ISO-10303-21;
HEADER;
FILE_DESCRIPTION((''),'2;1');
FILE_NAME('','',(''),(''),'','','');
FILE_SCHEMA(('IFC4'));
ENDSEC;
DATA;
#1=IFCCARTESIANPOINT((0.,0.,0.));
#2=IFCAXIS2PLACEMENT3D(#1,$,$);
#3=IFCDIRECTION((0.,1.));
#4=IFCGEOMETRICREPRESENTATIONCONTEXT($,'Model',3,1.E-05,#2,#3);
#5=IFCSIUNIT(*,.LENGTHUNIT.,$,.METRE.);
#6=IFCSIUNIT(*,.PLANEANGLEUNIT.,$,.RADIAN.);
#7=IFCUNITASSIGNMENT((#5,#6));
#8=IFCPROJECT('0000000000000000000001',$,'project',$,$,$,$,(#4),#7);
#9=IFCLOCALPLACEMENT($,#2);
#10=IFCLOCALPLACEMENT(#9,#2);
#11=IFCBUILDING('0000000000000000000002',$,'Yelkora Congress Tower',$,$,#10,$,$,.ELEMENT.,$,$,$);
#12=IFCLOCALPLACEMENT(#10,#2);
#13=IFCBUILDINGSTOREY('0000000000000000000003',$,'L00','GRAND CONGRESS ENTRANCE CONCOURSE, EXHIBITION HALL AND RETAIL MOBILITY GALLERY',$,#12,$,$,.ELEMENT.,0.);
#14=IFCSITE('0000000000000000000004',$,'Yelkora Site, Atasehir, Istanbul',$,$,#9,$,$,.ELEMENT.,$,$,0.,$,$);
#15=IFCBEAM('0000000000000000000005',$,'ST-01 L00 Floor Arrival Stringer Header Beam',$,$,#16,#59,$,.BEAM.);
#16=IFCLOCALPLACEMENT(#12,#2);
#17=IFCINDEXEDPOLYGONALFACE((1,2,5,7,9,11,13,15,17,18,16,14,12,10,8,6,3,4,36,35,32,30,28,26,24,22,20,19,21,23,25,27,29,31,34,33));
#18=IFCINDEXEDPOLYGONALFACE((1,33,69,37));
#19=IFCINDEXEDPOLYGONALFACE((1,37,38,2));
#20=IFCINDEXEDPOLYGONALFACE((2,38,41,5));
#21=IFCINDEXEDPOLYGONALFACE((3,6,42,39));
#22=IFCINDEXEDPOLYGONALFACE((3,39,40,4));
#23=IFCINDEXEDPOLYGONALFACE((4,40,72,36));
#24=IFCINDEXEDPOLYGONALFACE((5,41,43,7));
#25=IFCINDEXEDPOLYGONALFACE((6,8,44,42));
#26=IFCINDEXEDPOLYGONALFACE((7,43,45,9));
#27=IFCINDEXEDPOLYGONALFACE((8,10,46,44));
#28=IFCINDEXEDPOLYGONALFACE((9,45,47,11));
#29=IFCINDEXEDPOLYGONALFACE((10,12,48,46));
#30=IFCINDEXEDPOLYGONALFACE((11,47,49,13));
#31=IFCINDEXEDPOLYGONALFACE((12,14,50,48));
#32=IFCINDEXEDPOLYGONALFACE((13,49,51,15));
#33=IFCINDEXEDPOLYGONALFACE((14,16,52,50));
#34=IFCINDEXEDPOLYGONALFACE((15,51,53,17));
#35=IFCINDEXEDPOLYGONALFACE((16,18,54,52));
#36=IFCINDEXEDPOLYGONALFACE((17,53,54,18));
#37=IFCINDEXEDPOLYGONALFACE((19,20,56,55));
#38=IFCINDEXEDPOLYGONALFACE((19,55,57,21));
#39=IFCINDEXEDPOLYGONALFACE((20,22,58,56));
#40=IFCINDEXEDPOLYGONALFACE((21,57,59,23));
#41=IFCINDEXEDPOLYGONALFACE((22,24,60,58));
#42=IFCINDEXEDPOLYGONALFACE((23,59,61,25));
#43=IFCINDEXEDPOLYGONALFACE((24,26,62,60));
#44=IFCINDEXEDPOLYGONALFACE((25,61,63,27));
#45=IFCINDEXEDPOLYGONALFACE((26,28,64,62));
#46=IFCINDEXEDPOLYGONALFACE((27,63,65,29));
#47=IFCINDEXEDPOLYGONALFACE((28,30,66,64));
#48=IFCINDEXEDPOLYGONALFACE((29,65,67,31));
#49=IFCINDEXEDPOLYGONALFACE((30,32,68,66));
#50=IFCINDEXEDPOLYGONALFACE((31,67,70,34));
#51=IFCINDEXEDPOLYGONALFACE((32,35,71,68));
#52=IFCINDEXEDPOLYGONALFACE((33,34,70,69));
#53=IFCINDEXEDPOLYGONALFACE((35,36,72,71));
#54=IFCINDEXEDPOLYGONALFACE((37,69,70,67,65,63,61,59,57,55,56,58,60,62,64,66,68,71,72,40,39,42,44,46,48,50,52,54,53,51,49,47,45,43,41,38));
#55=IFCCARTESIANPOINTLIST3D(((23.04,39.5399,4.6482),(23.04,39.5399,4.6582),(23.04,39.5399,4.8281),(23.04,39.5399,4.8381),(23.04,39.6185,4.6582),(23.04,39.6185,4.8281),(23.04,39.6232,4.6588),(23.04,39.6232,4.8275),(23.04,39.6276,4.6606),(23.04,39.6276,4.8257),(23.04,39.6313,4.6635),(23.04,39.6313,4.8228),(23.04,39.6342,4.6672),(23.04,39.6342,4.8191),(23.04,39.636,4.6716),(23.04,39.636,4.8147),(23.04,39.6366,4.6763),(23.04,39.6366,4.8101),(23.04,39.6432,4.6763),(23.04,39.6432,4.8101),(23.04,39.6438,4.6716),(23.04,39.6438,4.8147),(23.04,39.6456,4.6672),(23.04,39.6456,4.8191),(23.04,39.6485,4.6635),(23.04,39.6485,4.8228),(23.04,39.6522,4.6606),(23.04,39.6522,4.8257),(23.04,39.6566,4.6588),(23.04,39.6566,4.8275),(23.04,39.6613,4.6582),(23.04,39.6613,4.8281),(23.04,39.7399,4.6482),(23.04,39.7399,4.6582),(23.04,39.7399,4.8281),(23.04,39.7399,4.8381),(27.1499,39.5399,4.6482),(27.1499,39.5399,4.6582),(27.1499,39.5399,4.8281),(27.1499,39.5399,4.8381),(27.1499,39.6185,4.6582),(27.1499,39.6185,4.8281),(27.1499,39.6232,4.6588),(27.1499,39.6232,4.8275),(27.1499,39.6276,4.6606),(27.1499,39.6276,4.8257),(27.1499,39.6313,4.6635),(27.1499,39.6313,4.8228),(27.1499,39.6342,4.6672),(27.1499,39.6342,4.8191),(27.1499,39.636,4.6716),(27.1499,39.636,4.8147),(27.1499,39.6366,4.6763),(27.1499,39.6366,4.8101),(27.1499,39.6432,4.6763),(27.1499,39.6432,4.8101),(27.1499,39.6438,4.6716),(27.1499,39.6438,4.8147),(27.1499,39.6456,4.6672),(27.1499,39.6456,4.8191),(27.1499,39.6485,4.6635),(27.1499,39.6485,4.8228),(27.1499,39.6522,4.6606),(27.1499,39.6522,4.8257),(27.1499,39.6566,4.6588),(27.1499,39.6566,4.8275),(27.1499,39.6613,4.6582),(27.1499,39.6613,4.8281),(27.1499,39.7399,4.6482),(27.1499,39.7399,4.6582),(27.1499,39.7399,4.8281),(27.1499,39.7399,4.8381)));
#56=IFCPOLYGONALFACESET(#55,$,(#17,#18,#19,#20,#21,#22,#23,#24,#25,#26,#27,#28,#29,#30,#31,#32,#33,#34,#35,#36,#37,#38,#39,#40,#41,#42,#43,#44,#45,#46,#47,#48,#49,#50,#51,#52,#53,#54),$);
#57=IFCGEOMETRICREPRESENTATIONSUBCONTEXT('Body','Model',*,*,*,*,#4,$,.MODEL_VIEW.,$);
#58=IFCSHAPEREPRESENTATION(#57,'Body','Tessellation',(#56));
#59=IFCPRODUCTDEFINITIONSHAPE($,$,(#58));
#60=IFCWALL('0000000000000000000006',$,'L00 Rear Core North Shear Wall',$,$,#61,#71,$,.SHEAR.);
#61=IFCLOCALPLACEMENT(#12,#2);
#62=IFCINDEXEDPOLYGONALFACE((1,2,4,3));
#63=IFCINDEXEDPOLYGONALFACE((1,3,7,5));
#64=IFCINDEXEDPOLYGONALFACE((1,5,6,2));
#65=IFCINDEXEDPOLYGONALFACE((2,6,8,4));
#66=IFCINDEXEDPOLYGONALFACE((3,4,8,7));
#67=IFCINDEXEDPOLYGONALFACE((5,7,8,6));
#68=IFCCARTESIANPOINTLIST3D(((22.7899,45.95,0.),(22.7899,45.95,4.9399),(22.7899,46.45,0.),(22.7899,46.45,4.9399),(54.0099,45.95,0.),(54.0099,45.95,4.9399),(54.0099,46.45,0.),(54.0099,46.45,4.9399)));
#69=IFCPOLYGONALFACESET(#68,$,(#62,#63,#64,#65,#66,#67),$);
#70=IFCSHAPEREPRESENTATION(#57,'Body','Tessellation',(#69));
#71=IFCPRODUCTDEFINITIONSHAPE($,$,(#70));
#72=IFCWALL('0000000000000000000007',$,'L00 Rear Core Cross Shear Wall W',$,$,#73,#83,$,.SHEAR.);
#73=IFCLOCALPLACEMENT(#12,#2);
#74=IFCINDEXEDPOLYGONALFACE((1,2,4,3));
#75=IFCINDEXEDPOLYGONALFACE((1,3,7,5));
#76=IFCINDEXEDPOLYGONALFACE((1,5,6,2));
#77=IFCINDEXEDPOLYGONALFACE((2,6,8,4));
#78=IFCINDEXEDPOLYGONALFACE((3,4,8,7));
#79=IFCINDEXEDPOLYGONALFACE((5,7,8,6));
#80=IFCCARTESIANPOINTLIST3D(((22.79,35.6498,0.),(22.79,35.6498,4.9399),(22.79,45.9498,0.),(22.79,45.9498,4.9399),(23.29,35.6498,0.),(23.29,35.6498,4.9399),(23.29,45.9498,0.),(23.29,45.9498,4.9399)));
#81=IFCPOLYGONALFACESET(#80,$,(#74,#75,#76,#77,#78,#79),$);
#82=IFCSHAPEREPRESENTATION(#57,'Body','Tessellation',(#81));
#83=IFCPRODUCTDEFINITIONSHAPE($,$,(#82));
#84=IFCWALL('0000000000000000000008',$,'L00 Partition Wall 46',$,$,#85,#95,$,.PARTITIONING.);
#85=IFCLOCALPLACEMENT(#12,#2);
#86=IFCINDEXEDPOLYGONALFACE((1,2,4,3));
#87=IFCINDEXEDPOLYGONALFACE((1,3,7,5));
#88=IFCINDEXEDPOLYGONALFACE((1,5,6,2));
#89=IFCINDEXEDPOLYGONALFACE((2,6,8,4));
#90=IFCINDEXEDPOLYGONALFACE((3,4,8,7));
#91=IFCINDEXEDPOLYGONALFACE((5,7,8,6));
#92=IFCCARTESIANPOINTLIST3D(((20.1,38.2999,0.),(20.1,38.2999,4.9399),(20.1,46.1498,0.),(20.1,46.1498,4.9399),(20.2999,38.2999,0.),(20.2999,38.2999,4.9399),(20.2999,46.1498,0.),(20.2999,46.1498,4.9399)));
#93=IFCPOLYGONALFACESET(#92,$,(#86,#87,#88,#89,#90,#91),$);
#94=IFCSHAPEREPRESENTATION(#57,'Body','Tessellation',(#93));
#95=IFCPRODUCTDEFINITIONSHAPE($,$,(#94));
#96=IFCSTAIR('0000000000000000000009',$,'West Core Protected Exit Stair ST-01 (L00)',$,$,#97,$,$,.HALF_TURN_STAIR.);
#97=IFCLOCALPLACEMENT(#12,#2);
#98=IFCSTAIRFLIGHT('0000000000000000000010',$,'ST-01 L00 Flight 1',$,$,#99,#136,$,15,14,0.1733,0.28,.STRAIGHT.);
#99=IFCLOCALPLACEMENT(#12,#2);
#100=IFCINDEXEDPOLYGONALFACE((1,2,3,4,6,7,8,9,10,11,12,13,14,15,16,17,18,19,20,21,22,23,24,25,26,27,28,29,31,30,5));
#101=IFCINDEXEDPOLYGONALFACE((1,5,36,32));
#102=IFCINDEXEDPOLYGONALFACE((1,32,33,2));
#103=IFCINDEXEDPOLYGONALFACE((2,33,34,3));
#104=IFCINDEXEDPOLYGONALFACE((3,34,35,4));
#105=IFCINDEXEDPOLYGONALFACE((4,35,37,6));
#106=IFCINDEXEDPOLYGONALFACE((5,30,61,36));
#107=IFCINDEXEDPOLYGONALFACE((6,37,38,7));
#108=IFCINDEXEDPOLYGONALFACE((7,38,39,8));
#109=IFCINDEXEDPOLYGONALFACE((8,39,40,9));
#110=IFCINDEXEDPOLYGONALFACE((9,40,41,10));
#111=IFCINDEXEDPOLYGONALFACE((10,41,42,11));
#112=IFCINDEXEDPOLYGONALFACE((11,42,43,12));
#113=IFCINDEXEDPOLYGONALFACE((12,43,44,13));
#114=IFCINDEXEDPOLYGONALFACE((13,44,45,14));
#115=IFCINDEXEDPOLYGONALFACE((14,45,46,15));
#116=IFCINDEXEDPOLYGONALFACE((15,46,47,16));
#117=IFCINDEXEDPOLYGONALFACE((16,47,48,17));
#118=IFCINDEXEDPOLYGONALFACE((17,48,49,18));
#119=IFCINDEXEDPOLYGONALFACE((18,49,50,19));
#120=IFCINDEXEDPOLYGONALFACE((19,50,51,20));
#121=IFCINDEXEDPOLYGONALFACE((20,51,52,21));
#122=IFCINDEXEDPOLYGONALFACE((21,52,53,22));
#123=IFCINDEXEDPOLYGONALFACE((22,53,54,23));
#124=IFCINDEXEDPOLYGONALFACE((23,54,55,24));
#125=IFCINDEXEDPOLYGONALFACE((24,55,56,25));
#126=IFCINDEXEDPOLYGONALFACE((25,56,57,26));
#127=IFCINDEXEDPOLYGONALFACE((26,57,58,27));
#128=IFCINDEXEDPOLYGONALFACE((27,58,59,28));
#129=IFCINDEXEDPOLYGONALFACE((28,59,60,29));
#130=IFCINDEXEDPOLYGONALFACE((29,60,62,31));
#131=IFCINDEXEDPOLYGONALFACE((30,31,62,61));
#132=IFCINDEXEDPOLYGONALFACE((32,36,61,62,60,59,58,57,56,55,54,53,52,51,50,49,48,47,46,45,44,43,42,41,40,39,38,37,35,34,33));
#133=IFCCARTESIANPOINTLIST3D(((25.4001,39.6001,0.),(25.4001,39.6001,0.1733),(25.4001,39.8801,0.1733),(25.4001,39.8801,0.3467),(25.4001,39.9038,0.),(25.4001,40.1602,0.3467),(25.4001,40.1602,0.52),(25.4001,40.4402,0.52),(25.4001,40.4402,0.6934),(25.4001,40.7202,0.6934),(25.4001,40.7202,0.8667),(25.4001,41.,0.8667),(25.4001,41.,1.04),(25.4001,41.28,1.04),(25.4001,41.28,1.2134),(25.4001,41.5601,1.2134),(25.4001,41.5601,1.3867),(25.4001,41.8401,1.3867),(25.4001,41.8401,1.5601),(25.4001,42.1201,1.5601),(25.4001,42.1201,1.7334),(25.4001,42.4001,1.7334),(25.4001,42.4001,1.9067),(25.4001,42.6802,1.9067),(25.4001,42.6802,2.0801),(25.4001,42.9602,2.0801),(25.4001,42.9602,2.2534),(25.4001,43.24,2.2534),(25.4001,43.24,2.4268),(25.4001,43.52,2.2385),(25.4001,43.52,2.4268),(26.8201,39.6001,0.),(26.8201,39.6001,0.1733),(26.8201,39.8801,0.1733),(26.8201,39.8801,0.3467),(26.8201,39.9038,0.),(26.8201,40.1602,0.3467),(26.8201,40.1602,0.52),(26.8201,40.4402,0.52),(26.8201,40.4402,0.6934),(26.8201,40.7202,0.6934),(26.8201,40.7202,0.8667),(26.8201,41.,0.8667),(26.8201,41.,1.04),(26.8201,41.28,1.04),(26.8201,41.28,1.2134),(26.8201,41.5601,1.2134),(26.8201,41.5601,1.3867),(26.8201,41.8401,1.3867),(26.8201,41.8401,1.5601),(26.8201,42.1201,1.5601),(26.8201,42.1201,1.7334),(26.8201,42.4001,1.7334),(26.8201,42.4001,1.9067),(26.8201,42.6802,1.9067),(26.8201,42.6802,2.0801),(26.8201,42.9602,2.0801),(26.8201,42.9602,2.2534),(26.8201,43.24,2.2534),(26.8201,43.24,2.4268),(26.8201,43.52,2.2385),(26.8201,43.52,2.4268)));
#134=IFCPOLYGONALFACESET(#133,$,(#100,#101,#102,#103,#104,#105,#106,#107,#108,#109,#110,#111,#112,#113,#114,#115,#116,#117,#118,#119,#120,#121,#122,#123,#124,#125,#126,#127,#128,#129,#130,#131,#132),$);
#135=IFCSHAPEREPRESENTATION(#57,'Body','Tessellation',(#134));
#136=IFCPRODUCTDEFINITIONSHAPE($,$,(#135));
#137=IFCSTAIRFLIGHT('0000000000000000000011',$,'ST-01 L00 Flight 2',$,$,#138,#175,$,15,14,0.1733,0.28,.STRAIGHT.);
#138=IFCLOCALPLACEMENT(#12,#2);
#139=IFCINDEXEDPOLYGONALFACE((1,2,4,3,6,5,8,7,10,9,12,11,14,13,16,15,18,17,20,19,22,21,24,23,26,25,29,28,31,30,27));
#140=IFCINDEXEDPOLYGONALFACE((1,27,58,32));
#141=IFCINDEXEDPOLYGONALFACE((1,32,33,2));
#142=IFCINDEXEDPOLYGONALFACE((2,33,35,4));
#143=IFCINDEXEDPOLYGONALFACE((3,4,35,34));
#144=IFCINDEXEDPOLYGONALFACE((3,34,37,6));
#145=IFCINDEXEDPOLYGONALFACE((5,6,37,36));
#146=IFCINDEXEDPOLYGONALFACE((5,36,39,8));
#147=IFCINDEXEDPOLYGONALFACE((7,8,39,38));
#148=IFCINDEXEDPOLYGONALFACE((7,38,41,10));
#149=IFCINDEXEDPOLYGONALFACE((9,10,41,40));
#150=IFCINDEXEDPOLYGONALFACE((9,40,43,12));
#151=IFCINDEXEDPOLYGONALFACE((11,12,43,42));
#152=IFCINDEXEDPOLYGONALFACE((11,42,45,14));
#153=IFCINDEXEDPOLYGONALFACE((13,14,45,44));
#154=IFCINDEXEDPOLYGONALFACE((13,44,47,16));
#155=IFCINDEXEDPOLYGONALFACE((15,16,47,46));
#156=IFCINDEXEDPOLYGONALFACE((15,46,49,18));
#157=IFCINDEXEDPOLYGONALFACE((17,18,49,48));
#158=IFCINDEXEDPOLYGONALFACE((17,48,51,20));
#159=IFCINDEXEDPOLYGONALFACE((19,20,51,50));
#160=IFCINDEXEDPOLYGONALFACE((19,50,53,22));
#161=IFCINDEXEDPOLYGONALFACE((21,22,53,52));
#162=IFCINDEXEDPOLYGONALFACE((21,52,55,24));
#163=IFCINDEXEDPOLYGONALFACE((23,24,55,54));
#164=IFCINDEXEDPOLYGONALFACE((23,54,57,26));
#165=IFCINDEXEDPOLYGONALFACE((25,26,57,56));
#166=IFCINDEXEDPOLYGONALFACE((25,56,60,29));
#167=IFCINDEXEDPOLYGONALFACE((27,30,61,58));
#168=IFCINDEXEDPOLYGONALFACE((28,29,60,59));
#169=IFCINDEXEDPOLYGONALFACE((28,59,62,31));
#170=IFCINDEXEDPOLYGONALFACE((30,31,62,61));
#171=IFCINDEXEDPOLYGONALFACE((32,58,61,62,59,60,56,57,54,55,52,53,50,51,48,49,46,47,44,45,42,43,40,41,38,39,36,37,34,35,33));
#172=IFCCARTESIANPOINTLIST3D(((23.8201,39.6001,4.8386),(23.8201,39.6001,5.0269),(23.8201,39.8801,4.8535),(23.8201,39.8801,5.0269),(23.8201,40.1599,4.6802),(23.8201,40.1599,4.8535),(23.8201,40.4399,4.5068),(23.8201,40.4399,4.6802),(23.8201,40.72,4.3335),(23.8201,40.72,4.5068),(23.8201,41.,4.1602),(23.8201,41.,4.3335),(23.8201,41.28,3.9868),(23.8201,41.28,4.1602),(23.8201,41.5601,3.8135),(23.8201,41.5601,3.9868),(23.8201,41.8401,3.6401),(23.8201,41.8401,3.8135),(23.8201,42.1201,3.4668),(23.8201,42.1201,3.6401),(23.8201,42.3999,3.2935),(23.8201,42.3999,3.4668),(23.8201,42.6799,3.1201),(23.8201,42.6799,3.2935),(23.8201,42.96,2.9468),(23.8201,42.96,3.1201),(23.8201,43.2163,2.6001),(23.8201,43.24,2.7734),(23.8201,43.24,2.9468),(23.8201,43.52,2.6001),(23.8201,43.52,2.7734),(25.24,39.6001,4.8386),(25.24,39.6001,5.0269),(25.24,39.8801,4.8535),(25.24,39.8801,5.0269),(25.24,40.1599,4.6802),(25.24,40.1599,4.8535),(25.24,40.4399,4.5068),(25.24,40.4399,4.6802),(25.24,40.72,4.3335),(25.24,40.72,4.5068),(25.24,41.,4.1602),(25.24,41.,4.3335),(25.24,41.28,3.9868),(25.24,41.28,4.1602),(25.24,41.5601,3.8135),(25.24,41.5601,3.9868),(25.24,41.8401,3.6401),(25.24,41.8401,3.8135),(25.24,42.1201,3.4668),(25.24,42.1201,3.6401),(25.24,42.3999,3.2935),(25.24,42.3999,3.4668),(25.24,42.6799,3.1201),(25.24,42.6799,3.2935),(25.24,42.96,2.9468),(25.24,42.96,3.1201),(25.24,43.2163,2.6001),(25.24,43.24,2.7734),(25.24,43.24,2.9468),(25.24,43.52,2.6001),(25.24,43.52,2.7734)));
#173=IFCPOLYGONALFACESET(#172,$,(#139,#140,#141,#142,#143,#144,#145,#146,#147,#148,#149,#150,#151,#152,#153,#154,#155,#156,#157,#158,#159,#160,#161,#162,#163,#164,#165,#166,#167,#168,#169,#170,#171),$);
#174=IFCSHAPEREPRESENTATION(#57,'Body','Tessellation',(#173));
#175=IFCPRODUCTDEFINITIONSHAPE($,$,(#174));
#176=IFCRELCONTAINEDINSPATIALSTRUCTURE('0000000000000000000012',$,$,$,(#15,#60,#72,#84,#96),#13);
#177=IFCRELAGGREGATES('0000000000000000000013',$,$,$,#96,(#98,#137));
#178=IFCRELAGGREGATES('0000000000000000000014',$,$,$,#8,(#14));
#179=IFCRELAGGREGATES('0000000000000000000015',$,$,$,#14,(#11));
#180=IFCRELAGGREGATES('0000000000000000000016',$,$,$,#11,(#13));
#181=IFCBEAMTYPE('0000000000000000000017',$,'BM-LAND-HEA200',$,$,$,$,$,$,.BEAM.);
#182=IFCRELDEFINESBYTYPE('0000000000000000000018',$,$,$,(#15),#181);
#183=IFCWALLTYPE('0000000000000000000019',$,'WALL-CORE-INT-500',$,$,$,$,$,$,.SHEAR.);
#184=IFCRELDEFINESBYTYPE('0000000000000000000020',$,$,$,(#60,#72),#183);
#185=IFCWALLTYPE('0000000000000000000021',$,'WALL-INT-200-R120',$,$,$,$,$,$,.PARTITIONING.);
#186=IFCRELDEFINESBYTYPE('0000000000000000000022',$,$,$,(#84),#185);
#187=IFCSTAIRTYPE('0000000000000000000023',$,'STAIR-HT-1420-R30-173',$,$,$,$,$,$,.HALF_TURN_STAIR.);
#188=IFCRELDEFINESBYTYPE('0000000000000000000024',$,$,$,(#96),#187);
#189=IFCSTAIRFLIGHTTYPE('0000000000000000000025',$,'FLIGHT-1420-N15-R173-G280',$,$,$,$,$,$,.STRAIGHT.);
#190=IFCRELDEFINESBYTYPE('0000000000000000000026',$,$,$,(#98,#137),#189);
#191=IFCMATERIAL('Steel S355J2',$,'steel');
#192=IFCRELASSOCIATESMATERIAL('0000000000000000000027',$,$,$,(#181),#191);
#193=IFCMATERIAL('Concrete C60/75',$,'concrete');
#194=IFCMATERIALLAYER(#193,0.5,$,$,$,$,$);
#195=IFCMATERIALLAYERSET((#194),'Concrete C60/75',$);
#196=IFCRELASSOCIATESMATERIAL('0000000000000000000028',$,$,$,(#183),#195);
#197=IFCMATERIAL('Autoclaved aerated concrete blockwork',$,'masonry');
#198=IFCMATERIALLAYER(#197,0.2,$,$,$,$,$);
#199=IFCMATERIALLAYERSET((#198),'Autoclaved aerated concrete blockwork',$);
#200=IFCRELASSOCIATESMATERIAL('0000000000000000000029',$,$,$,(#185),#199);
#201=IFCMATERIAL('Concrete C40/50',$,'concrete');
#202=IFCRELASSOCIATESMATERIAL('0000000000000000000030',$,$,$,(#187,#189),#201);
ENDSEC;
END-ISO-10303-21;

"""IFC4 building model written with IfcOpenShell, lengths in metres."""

from ifc_helpers import new_model, si_unit, direction, frame, frame_2d, origin, origin_2d, place, context, subcontext, project, spatial, polyline, rectangle, i_section, outline, extrude, material, layer, layer_set, material_profile, profile_set, type_object, element, aggregate, save


model = new_model("IFC4")

# Units and contexts
model_context = context("Model", 3, precision=1e-05, world=origin(), true_north=direction((0.0, 1.0)))
body_context = subcontext(model_context, "Body", "Model", "MODEL_VIEW")
ifc_project = project(units=[si_unit("LENGTHUNIT", "METRE"), si_unit("PLANEANGLEUNIT", "RADIAN")], contexts=[model_context])

# Site, building, storey
site_placement = place(None, origin())
site = spatial("IfcSite", under=ifc_project, at=site_placement, Name="Yelkora Site, Atasehir, Istanbul", CompositionType="ELEMENT", RefElevation=0.0)
building_placement = place(site_placement, origin())
building = spatial("IfcBuilding", under=site, at=building_placement, Name="Yelkora Congress Tower", CompositionType="ELEMENT")
storey_placement = place(building_placement, origin())
storey = spatial("IfcBuildingStorey", under=building, at=storey_placement, Name="L00", Description="GRAND CONGRESS ENTRANCE CONCOURSE, EXHIBITION HALL AND RETAIL MOBILITY GALLERY", CompositionType="ELEMENT", Elevation=0.0)

# Shared definitions
ifc_material_1 = material(Name="Concrete C60/75", Category="concrete")

# Beam
ifc_material_2 = material(Name="Steel S355J2", Category="steel")
ifc_material_profile_1 = material_profile(ifc_material_2, i_section(OverallWidth=0.2, OverallDepth=0.1899, WebThickness=0.0066, FlangeThickness=0.01, FilletRadius=0.0181, at=origin_2d()), Name="HEA 200")
ifc_profile_set_1 = profile_set([ifc_material_profile_1], Name="Steel S355J2")
beam_type = type_object("IfcBeamType", Name="BM-LAND-HEA200", PredefinedType="BEAM", material=ifc_profile_set_1)
beam_1_placement = place(storey_placement, frame((23.04, 39.6399, 4.7432), z_axis=(1.0, 0.0, 0.0), x_axis=(0.0, 1.0, 0.0)))
element("IfcBeam", 1, at=beam_1_placement, inside=storey, type_object=beam_type, Name="ST-01 L00 Floor Arrival Stringer Header Beam", PredefinedType="BEAM", context=body_context, shape_type="SweptSolid", body=[
    extrude(i_section(OverallWidth=0.2, OverallDepth=0.1899, WebThickness=0.0066, FlangeThickness=0.01, FilletRadius=0.0181, at=origin_2d()), origin(), (0.0, 0.0, 1.0), 4.1099),
])

# Walls
ifc_layer_1 = layer(ifc_material_1, 0.5)
ifc_layer_set_1 = layer_set([ifc_layer_1], Name="Concrete C60/75")
wall_type_1 = type_object("IfcWallType", Name="WALL-CORE-INT-500", PredefinedType="SHEAR", material=ifc_layer_set_1)
wall_1_placement = place(storey_placement, frame((22.79, 46.2, 0.0), z_axis=(0.0, 0.0, 1.0), x_axis=(1.0, 0.0, 0.0)))
element("IfcWall", 2, at=wall_1_placement, inside=storey, type_object=wall_type_1, Name="L00 Rear Core North Shear Wall", PredefinedType="SHEAR", context=body_context, shape_type="SweptSolid", body=[
    extrude(rectangle(XDim=31.22, YDim=0.5, at=frame_2d((15.6099, 0.0))), origin(), (0.0, 0.0, 1.0), 4.9399),
])
wall_2_placement = place(storey_placement, frame((23.04, 35.6499, 0.0), z_axis=(0.0, 0.0, 1.0), x_axis=(0.0, 1.0, 0.0)))
element("IfcWall", 3, at=wall_2_placement, inside=storey, type_object=wall_type_1, Name="L00 Rear Core Cross Shear Wall W", PredefinedType="SHEAR", context=body_context, shape_type="SweptSolid", body=[
    extrude(rectangle(XDim=10.3, YDim=0.5, at=frame_2d((5.1499, 0.0))), origin(), (0.0, 0.0, 1.0), 4.9399),
])

# Shared definitions
ifc_material_3 = material(Name="Autoclaved aerated concrete blockwork", Category="masonry")
ifc_layer_2 = layer(ifc_material_3, 0.2)
ifc_layer_set_2 = layer_set([ifc_layer_2], Name="Autoclaved aerated concrete blockwork")
wall_type_2 = type_object("IfcWallType", Name="WALL-INT-200-R120", PredefinedType="PARTITIONING", material=ifc_layer_set_2)

# Wall
wall_3_placement = place(storey_placement, frame((20.2, 38.3, 0.0), z_axis=(0.0, 0.0, 1.0), x_axis=(0.0, 1.0, 0.0)))
element("IfcWall", 4, at=wall_3_placement, inside=storey, type_object=wall_type_2, Name="L00 Partition Wall 46", PredefinedType="PARTITIONING", context=body_context, shape_type="SweptSolid", body=[
    extrude(rectangle(XDim=7.8499, YDim=0.2, at=frame_2d((3.9248, 0.0))), origin(), (0.0, 0.0, 1.0), 4.9399),
])

# Stair, stair flights
ifc_material_4 = material(Name="Concrete C40/50", Category="concrete")
stair_type = type_object("IfcStairType", Name="STAIR-HT-1420-R30-173", PredefinedType="HALF_TURN_STAIR", material=ifc_material_4)
stair_placement = place(storey_placement, origin())
stair = element("IfcStair", 5, at=stair_placement, inside=storey, type_object=stair_type, Name="West Core Protected Exit Stair ST-01 (L00)", PredefinedType="HALF_TURN_STAIR")
stair_flight_type = type_object("IfcStairFlightType", Name="FLIGHT-1420-N15-R173-G280", PredefinedType="STRAIGHT", material=ifc_material_4)
stair_flight_1_placement = place(storey_placement, frame((26.1101, 39.6001, 0.0), z_axis=(0.0, 0.0, 1.0), x_axis=(0.0, 1.0, 0.0)))
stair_flight_1 = element("IfcStairFlight", 6, at=stair_flight_1_placement, type_object=stair_flight_type, Name="ST-01 L00 Flight 1", NumberOfRisers=15, NumberOfTreads=14, PredefinedType="STRAIGHT", RiserHeight=0.1733, TreadLength=0.28, context=body_context, shape_type="SweptSolid", body=[
    extrude(outline(polyline([(0.0, 0.0), (0.0, 0.1733), (0.28, 0.1733), (0.28, 0.3467), (0.5601, 0.3467), (0.5601, 0.52), (0.8401, 0.52), (0.8401, 0.6934), (1.1201, 0.6934), (1.1201, 0.8667), (1.3999, 0.8667), (1.3999, 1.04), (1.6799, 1.04), (1.6799, 1.2134), (1.96, 1.2134), (1.96, 1.3867), (2.24, 1.3867), (2.24, 1.5601), (2.52, 1.5601), (2.52, 1.7334), (2.8, 1.7334), (2.8, 1.9067), (3.0801, 1.9067), (3.0801, 2.0801), (3.3601, 2.0801), (3.3601, 2.2534), (3.6399, 2.2534), (3.6399, 2.4268), (3.9199, 2.4268), (3.9199, 2.6001), (3.9199, 2.2385), (0.3037, 0.0), (0.0, 0.0)])), frame((0.0, 0.71, 0.0), z_axis=(0.0, -1.0, 0.0), x_axis=(1.0, 0.0, 0.0)), (0.0, 0.0, 1.0), 1.4199),
])
stair_flight_2_placement = place(storey_placement, frame((24.53, 43.52, 2.6001), z_axis=(0.0, 0.0, 1.0), x_axis=(0.0, -1.0, 0.0)))
stair_flight_2 = element("IfcStairFlight", 7, at=stair_flight_2_placement, type_object=stair_flight_type, Name="ST-01 L00 Flight 2", NumberOfRisers=15, NumberOfTreads=14, PredefinedType="STRAIGHT", RiserHeight=0.1733, TreadLength=0.28, context=body_context, shape_type="SweptSolid", body=[
    extrude(outline(polyline([(0.0, 0.0), (0.0, 0.1733), (0.28, 0.1733), (0.28, 0.3467), (0.5601, 0.3467), (0.5601, 0.52), (0.8401, 0.52), (0.8401, 0.6934), (1.1201, 0.6934), (1.1201, 0.8667), (1.3999, 0.8667), (1.3999, 1.04), (1.6799, 1.04), (1.6799, 1.2134), (1.96, 1.2134), (1.96, 1.3867), (2.24, 1.3867), (2.24, 1.5601), (2.52, 1.5601), (2.52, 1.7334), (2.8, 1.7334), (2.8, 1.9067), (3.0801, 1.9067), (3.0801, 2.0801), (3.3601, 2.0801), (3.3601, 2.2534), (3.6399, 2.2534), (3.6399, 2.4268), (3.9199, 2.4268), (3.9199, 2.6001), (3.9199, 2.2385), (0.3037, 0.0), (0.0, 0.0)])), frame((0.0, 0.71, 0.0), z_axis=(0.0, -1.0, 0.0), x_axis=(1.0, 0.0, 0.0)), (0.0, 0.0, 1.0), 1.4199),
])
aggregate(stair, [stair_flight_1, stair_flight_2])

save(model, "model.ifc")
